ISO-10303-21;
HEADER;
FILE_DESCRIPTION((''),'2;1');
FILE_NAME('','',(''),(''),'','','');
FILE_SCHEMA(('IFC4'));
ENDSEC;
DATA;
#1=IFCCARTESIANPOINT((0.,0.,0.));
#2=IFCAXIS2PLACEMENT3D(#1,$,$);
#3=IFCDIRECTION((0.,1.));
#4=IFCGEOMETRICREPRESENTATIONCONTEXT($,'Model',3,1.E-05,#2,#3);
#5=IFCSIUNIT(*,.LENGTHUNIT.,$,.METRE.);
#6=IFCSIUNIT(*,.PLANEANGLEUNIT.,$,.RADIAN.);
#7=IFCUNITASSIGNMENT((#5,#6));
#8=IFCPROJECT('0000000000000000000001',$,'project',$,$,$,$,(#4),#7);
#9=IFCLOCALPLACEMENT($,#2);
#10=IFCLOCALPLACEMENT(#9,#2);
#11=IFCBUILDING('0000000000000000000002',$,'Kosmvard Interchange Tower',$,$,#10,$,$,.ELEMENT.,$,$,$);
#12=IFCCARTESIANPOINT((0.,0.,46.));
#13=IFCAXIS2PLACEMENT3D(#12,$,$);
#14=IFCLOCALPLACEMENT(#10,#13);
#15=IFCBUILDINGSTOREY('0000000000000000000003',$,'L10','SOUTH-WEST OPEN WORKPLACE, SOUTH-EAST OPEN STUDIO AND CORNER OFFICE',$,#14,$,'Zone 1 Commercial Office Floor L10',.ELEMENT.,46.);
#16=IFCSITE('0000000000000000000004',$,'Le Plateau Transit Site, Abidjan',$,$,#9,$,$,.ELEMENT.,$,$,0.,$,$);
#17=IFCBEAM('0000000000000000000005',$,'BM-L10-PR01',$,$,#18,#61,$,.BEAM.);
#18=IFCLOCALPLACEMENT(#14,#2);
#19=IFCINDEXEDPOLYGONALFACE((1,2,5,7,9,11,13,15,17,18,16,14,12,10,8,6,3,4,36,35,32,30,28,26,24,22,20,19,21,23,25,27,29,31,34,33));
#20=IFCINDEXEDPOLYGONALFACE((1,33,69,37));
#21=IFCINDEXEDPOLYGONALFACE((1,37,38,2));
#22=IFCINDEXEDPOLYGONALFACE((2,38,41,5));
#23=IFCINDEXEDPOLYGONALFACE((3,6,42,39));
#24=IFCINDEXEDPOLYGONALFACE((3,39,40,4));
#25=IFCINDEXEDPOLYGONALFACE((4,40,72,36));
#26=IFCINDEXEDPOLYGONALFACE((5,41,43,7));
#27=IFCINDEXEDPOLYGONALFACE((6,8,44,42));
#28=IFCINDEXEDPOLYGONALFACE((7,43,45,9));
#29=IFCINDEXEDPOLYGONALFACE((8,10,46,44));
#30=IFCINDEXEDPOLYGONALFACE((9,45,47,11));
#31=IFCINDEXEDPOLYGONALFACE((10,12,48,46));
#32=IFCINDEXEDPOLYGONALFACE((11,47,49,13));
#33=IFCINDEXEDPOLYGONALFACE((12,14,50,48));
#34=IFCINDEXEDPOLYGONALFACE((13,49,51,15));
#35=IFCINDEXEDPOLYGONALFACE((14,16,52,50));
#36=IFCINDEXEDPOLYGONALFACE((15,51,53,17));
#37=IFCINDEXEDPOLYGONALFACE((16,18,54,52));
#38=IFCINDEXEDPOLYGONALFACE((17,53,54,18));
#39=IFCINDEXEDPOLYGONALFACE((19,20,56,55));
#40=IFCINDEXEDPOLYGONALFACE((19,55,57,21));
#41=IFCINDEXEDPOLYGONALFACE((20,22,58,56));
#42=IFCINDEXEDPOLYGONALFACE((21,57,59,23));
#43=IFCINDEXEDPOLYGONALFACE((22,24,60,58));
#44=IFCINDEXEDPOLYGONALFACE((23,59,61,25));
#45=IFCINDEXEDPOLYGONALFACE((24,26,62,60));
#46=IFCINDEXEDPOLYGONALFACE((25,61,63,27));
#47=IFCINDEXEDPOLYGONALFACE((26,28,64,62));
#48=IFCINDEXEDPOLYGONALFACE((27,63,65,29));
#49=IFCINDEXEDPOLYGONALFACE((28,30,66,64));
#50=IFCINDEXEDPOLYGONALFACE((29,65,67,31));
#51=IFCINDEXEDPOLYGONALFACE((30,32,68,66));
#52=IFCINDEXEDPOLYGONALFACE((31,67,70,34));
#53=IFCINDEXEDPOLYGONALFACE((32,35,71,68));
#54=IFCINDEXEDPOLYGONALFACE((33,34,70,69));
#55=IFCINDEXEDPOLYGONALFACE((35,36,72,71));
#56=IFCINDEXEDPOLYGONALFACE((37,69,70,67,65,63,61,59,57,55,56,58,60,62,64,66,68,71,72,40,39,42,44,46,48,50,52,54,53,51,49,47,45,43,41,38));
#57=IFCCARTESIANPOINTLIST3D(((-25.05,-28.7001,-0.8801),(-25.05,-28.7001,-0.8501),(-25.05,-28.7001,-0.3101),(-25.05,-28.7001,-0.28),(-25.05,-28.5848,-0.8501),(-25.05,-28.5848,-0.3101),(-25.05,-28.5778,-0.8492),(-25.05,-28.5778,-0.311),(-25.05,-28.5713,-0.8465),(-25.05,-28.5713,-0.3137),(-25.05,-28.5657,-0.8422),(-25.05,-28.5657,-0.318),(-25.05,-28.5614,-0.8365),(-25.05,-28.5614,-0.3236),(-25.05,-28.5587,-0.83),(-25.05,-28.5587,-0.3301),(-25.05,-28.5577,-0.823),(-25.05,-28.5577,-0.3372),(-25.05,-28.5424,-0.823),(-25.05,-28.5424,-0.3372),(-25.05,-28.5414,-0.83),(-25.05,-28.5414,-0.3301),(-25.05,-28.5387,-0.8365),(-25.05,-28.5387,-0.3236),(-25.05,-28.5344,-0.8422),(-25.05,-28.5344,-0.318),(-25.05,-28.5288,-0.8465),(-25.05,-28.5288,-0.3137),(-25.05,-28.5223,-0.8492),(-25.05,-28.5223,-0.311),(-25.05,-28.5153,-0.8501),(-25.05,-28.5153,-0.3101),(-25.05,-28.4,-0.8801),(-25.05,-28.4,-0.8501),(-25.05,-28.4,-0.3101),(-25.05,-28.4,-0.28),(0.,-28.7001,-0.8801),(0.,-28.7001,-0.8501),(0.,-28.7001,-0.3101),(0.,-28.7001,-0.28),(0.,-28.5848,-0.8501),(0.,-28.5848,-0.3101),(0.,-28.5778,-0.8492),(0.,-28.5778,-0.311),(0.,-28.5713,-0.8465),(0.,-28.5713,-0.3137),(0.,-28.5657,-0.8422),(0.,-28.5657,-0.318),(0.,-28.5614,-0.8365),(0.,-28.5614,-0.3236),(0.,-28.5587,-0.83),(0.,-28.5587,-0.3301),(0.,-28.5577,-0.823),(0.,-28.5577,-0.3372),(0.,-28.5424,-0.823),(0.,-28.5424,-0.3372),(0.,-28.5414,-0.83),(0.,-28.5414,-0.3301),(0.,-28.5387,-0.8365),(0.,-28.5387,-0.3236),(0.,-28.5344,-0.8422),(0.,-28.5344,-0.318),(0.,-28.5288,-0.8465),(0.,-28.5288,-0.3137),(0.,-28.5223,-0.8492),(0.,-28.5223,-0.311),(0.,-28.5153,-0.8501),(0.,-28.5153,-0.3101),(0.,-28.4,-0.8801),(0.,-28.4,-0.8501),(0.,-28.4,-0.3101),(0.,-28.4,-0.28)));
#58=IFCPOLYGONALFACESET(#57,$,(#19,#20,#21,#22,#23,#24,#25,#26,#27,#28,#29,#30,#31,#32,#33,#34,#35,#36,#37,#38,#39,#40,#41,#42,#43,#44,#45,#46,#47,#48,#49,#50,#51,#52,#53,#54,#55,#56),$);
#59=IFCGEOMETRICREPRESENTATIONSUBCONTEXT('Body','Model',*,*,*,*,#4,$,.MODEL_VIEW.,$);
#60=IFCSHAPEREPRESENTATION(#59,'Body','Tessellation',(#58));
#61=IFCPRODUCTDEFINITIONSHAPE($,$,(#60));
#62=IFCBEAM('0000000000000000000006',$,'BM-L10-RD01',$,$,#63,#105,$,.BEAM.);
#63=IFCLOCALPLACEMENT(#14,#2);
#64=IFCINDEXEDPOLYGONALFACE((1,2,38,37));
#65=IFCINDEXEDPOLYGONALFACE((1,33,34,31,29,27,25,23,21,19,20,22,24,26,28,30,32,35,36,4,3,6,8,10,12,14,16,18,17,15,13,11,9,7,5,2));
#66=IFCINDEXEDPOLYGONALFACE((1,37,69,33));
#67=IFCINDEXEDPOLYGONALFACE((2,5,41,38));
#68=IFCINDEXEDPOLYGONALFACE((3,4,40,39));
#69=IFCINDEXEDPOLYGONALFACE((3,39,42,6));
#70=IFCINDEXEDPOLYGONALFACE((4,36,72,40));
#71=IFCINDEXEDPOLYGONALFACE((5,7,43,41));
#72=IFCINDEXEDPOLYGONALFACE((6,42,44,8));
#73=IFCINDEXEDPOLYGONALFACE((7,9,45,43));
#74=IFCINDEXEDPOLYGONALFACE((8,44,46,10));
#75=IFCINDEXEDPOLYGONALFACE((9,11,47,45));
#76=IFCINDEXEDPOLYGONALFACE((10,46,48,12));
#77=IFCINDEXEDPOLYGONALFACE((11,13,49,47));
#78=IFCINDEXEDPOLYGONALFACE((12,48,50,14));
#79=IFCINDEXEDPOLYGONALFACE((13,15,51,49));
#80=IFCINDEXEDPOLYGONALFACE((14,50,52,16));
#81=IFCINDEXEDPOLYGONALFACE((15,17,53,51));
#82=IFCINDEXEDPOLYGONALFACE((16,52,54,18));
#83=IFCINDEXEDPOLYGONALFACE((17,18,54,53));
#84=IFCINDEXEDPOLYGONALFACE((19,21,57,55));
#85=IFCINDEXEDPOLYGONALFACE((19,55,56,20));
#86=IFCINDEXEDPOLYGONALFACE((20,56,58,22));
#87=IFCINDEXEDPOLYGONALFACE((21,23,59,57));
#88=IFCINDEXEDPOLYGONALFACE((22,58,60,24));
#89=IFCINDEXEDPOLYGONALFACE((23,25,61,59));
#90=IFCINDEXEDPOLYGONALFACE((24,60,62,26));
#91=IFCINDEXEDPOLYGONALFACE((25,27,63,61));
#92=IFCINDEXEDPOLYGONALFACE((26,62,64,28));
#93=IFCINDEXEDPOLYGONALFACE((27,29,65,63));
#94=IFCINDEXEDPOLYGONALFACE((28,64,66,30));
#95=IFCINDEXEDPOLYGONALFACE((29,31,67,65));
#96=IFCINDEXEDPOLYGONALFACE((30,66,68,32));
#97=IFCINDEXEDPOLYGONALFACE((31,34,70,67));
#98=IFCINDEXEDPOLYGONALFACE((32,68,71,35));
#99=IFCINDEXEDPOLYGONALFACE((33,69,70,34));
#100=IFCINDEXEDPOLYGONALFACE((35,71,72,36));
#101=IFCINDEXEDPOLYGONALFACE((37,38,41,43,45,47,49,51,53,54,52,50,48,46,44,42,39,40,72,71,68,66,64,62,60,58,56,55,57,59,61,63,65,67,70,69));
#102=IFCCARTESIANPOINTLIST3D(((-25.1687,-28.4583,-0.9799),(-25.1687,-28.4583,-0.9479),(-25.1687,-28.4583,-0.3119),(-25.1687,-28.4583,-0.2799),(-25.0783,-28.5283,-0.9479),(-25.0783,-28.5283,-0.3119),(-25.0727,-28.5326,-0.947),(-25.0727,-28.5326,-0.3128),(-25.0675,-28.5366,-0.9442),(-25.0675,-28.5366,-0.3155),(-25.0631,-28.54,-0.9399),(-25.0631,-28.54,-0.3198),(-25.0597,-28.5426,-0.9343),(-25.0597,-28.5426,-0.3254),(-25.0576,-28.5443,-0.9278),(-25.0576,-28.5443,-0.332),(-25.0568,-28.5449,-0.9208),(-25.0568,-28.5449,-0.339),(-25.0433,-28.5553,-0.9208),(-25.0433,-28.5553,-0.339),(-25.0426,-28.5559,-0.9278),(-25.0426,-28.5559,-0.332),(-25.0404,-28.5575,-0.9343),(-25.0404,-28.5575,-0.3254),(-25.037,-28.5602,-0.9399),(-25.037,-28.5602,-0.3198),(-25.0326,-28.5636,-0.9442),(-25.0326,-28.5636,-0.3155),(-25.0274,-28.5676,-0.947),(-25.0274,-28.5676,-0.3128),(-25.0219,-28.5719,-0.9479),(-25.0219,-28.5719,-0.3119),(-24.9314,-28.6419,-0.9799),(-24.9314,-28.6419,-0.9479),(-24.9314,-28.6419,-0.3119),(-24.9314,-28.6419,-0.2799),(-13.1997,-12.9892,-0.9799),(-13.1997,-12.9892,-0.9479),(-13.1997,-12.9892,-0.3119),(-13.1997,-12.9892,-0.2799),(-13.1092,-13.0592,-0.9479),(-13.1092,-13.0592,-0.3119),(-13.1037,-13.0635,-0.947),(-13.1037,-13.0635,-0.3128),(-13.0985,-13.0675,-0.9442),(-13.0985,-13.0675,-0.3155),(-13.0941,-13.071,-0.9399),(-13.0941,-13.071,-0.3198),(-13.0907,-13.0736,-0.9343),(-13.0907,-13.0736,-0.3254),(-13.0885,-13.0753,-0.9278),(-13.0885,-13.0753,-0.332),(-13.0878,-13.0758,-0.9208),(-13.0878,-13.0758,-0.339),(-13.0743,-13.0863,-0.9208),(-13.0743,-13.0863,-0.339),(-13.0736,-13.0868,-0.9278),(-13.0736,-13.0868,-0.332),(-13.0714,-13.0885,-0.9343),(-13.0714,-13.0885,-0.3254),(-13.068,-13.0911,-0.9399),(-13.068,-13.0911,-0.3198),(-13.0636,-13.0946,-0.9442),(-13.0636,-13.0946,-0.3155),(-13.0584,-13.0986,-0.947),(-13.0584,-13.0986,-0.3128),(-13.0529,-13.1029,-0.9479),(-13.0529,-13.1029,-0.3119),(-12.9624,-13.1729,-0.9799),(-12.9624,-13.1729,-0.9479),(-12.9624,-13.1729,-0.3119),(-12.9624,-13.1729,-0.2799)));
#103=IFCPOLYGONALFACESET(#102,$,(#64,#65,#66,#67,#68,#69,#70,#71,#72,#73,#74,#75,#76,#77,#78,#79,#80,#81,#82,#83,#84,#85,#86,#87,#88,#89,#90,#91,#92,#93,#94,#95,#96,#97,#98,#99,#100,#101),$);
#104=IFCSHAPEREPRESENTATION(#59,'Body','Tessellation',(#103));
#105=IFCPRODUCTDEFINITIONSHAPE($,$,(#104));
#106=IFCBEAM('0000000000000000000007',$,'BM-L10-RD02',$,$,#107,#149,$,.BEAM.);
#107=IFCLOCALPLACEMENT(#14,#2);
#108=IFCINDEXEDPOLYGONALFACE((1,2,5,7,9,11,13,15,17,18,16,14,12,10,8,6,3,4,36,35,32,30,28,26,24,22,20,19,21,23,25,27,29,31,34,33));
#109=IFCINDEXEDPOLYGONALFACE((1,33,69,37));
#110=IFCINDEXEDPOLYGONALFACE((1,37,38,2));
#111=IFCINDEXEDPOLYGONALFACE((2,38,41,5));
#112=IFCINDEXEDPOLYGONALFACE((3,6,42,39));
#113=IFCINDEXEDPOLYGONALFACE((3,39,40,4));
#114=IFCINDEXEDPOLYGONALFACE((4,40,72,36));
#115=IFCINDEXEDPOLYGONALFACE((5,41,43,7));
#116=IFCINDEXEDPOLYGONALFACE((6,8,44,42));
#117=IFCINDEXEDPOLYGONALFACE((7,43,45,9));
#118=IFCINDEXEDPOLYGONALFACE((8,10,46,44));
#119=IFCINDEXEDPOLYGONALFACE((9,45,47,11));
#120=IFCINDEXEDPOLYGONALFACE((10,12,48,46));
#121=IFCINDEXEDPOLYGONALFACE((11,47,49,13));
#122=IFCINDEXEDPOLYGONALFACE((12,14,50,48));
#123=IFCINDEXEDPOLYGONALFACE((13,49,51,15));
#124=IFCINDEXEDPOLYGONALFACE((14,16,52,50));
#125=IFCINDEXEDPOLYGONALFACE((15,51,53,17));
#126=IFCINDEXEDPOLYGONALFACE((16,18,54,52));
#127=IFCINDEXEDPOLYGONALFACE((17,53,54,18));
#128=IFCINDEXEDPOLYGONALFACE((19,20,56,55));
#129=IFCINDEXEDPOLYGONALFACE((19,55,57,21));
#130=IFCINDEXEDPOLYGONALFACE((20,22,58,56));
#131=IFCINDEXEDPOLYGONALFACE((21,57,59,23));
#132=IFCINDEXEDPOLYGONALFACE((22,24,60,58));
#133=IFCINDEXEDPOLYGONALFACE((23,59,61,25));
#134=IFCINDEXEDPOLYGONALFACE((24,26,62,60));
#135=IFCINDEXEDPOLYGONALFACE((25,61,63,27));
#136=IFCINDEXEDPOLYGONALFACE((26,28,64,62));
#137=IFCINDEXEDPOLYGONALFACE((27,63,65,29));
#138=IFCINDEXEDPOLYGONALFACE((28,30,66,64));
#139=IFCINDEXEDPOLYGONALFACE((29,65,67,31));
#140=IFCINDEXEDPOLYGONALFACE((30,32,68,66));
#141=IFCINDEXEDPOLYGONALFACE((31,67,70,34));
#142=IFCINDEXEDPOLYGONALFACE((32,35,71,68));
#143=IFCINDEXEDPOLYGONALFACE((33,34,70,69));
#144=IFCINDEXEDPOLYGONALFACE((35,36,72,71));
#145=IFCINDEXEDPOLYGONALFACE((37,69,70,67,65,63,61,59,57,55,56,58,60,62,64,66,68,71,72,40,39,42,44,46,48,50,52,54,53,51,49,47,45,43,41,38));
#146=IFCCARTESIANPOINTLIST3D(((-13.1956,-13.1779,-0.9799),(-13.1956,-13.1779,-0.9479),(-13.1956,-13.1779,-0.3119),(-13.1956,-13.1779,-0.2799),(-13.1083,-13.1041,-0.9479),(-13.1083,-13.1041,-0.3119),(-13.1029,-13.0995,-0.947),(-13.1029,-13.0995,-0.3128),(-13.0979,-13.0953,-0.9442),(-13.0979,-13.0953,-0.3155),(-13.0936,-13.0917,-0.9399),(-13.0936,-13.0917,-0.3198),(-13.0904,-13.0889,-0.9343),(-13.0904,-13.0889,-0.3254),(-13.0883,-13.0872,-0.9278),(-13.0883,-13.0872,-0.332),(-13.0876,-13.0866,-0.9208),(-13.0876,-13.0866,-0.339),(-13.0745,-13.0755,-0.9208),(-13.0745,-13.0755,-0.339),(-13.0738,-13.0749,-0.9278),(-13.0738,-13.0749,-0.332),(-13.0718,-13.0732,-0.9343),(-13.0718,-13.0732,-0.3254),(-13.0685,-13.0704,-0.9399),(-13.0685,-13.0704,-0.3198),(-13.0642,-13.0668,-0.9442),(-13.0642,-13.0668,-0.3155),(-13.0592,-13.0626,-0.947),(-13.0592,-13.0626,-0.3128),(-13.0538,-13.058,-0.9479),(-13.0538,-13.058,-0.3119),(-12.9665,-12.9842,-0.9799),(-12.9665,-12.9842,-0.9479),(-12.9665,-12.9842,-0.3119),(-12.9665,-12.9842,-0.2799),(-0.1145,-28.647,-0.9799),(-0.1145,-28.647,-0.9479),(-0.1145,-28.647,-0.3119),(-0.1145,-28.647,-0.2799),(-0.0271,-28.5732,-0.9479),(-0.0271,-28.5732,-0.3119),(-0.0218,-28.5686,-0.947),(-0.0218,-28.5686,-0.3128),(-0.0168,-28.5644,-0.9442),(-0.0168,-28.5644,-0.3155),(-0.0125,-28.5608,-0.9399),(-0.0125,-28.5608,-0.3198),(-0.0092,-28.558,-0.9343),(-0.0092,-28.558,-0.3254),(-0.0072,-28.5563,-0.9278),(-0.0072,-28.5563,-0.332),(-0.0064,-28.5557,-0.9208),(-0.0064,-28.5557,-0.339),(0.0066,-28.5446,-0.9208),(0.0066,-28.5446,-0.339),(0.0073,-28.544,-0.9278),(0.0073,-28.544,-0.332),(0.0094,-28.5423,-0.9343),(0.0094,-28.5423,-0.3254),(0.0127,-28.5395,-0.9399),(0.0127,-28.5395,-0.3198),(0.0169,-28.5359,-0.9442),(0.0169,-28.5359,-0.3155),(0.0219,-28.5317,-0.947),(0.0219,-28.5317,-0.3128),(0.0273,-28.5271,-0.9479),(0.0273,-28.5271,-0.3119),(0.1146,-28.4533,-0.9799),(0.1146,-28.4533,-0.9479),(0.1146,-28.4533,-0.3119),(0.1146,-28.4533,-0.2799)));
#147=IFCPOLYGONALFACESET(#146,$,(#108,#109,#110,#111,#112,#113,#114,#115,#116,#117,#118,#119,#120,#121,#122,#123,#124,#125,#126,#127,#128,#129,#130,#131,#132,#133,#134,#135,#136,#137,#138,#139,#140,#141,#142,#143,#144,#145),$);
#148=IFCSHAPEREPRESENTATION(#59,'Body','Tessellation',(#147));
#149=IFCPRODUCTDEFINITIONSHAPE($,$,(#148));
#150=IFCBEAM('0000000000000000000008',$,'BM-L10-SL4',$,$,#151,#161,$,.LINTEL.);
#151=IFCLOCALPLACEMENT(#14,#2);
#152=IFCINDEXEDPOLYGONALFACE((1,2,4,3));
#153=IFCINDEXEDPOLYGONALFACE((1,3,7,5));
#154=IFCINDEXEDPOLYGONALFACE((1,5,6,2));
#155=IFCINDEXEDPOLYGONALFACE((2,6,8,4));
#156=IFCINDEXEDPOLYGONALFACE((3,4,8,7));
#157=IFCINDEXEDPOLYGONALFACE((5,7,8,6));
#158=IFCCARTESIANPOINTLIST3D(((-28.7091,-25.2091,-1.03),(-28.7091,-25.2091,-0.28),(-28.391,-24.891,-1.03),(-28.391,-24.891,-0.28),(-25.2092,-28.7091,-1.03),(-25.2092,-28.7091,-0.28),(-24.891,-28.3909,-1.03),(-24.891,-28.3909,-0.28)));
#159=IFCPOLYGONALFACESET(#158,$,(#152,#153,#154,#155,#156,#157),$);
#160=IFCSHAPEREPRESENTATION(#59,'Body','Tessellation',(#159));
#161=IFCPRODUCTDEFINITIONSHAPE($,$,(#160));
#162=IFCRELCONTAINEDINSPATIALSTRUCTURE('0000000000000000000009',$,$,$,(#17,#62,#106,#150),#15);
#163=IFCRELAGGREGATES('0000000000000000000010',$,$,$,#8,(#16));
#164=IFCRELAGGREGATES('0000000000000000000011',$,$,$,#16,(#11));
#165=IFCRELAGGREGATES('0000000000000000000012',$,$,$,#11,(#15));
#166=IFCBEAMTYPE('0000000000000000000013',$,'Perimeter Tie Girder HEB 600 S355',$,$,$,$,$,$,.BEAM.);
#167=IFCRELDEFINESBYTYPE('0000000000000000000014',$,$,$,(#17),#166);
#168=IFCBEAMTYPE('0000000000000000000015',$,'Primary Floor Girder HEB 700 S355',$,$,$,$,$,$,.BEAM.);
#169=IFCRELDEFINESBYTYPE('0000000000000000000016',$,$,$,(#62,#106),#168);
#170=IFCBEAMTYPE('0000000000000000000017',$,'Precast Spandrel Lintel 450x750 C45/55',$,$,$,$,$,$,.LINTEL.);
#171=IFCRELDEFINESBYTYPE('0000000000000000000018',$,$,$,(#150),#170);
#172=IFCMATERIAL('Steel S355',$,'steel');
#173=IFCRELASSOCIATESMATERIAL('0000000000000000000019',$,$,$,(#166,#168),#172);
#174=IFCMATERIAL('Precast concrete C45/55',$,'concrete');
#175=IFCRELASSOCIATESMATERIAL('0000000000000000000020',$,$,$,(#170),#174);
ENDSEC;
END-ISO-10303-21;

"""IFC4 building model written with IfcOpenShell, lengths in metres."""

from ifc_helpers import new_model, si_unit, direction, frame, origin, origin_2d, place, context, subcontext, project, spatial, rectangle, i_section, extrude, source, transform, mapped, material, material_profile, profile_set, type_object, element, save


model = new_model("IFC4")

# Units and contexts
model_context = context("Model", 3, precision=1e-05, world=origin(), true_north=direction((0.0, 1.0)))
body_context = subcontext(model_context, "Body", "Model", "MODEL_VIEW")
ifc_project = project(units=[si_unit("LENGTHUNIT", "METRE"), si_unit("PLANEANGLEUNIT", "RADIAN")], contexts=[model_context])

# Site, building, storey
site_placement = place(None, origin())
site = spatial("IfcSite", under=ifc_project, at=site_placement, Name="Le Plateau Transit Site, Abidjan", CompositionType="ELEMENT", RefElevation=0.0)
building_placement = place(site_placement, origin())
building = spatial("IfcBuilding", under=site, at=building_placement, Name="Kosmvard Interchange Tower", CompositionType="ELEMENT")
storey_placement = place(building_placement, frame((0.0, 0.0, 46.0)))
storey = spatial("IfcBuildingStorey", under=building, at=storey_placement, Name="L10", Description="SOUTH-WEST OPEN WORKPLACE, SOUTH-EAST OPEN STUDIO AND CORNER OFFICE", LongName="Zone 1 Commercial Office Floor L10", CompositionType="ELEMENT", Elevation=46.0)

# Beams
ifc_material_1 = material(Name="Steel S355", Category="steel")
ifc_material_profile_1 = material_profile(ifc_material_1, i_section(OverallWidth=0.3, OverallDepth=0.6001, WebThickness=0.0154, FlangeThickness=0.03, FilletRadius=0.0271, at=origin_2d()), Name="HEB 600")
ifc_profile_set_1 = profile_set([ifc_material_profile_1], Name="Steel S355")
beam_type_1 = type_object("IfcBeamType", Name="Perimeter Tie Girder HEB 600 S355", PredefinedType="BEAM", material=ifc_profile_set_1)
shared_shape_1 = source(origin(), body_context, "Body", "SweptSolid", [
    extrude(i_section(OverallWidth=0.3, OverallDepth=0.6001, WebThickness=0.0154, FlangeThickness=0.03, FilletRadius=0.0271, at=origin_2d()), origin(), (0.0, 0.0, 1.0), 25.05),
])
beam_1_placement = place(storey_placement, frame((-25.05, -28.55, -0.5801), z_axis=(1.0, 0.0, 0.0), x_axis=(0.0, 1.0, 0.0)))
element("IfcBeam", 1, at=beam_1_placement, inside=storey, type_object=beam_type_1, Name="BM-L10-PR01", PredefinedType="BEAM", context=body_context, shape_type="MappedRepresentation", body=[
    mapped(shared_shape_1, transform((0.0, 0.0, 0.0), scale=1.0)),
])
ifc_material_profile_2 = material_profile(ifc_material_1, i_section(OverallWidth=0.3, OverallDepth=0.7, WebThickness=0.0171, FlangeThickness=0.032, FilletRadius=0.0271, at=origin_2d()), Name="HEB 700")
ifc_profile_set_2 = profile_set([ifc_material_profile_2], Name="Steel S355")
beam_type_2 = type_object("IfcBeamType", Name="Primary Floor Girder HEB 700 S355", PredefinedType="BEAM", material=ifc_profile_set_2)
shared_shape_2 = source(origin(), body_context, "Body", "SweptSolid", [
    extrude(i_section(OverallWidth=0.3, OverallDepth=0.7, WebThickness=0.0171, FlangeThickness=0.032, FilletRadius=0.0271, at=origin_2d()), origin(), (0.0, 0.0, 1.0), 19.5588),
])
beam_2_placement = place(storey_placement, frame((-13.0811, -13.0811, -0.6299), z_axis=(-0.611949, -0.790897, 0.0), x_axis=(0.790897, -0.611949, 0.0)))
element("IfcBeam", 2, at=beam_2_placement, inside=storey, type_object=beam_type_2, Name="BM-L10-RD01", PredefinedType="BEAM", context=body_context, shape_type="MappedRepresentation", body=[
    mapped(shared_shape_2, transform((0.0, 0.0, 0.0), scale=1.0)),
])
shared_shape_3 = source(origin(), body_context, "Body", "SweptSolid", [
    extrude(i_section(OverallWidth=0.3, OverallDepth=0.7, WebThickness=0.0171, FlangeThickness=0.032, FilletRadius=0.0271, at=origin_2d()), origin(), (0.0, 0.0, 1.0), 20.2585),
])
beam_3_placement = place(storey_placement, frame((-13.0811, -13.0811, -0.6299), z_axis=(0.645709, -0.763583, 0.0), x_axis=(0.763583, 0.645709, 0.0)))
element("IfcBeam", 3, at=beam_3_placement, inside=storey, type_object=beam_type_2, Name="BM-L10-RD02", PredefinedType="BEAM", context=body_context, shape_type="MappedRepresentation", body=[
    mapped(shared_shape_3, transform((0.0, 0.0, 0.0), scale=1.0)),
])
ifc_material_2 = material(Name="Precast concrete C45/55", Category="concrete")
ifc_material_profile_3 = material_profile(ifc_material_2, rectangle(XDim=0.45, YDim=0.75, at=origin_2d()), Name="SL 450x750")
ifc_profile_set_3 = profile_set([ifc_material_profile_3], Name="Precast concrete C45/55")
beam_type_3 = type_object("IfcBeamType", Name="Precast Spandrel Lintel 450x750 C45/55", PredefinedType="LINTEL", material=ifc_profile_set_3)
shared_shape_4 = source(origin(), body_context, "Body", "SweptSolid", [
    extrude(rectangle(XDim=0.45, YDim=0.75, at=origin_2d()), origin(), (0.0, 0.0, 1.0), 4.9497),
])
beam_4_placement = place(storey_placement, frame((-28.55, -25.05, -0.655), z_axis=(0.707107, -0.707107, 0.0), x_axis=(0.707107, 0.707107, 0.0)))
element("IfcBeam", 4, at=beam_4_placement, inside=storey, type_object=beam_type_3, Name="BM-L10-SL4", PredefinedType="LINTEL", context=body_context, shape_type="MappedRepresentation", body=[
    mapped(shared_shape_4, transform((0.0, 0.0, 0.0), scale=1.0)),
])

save(model, "model.ifc")
